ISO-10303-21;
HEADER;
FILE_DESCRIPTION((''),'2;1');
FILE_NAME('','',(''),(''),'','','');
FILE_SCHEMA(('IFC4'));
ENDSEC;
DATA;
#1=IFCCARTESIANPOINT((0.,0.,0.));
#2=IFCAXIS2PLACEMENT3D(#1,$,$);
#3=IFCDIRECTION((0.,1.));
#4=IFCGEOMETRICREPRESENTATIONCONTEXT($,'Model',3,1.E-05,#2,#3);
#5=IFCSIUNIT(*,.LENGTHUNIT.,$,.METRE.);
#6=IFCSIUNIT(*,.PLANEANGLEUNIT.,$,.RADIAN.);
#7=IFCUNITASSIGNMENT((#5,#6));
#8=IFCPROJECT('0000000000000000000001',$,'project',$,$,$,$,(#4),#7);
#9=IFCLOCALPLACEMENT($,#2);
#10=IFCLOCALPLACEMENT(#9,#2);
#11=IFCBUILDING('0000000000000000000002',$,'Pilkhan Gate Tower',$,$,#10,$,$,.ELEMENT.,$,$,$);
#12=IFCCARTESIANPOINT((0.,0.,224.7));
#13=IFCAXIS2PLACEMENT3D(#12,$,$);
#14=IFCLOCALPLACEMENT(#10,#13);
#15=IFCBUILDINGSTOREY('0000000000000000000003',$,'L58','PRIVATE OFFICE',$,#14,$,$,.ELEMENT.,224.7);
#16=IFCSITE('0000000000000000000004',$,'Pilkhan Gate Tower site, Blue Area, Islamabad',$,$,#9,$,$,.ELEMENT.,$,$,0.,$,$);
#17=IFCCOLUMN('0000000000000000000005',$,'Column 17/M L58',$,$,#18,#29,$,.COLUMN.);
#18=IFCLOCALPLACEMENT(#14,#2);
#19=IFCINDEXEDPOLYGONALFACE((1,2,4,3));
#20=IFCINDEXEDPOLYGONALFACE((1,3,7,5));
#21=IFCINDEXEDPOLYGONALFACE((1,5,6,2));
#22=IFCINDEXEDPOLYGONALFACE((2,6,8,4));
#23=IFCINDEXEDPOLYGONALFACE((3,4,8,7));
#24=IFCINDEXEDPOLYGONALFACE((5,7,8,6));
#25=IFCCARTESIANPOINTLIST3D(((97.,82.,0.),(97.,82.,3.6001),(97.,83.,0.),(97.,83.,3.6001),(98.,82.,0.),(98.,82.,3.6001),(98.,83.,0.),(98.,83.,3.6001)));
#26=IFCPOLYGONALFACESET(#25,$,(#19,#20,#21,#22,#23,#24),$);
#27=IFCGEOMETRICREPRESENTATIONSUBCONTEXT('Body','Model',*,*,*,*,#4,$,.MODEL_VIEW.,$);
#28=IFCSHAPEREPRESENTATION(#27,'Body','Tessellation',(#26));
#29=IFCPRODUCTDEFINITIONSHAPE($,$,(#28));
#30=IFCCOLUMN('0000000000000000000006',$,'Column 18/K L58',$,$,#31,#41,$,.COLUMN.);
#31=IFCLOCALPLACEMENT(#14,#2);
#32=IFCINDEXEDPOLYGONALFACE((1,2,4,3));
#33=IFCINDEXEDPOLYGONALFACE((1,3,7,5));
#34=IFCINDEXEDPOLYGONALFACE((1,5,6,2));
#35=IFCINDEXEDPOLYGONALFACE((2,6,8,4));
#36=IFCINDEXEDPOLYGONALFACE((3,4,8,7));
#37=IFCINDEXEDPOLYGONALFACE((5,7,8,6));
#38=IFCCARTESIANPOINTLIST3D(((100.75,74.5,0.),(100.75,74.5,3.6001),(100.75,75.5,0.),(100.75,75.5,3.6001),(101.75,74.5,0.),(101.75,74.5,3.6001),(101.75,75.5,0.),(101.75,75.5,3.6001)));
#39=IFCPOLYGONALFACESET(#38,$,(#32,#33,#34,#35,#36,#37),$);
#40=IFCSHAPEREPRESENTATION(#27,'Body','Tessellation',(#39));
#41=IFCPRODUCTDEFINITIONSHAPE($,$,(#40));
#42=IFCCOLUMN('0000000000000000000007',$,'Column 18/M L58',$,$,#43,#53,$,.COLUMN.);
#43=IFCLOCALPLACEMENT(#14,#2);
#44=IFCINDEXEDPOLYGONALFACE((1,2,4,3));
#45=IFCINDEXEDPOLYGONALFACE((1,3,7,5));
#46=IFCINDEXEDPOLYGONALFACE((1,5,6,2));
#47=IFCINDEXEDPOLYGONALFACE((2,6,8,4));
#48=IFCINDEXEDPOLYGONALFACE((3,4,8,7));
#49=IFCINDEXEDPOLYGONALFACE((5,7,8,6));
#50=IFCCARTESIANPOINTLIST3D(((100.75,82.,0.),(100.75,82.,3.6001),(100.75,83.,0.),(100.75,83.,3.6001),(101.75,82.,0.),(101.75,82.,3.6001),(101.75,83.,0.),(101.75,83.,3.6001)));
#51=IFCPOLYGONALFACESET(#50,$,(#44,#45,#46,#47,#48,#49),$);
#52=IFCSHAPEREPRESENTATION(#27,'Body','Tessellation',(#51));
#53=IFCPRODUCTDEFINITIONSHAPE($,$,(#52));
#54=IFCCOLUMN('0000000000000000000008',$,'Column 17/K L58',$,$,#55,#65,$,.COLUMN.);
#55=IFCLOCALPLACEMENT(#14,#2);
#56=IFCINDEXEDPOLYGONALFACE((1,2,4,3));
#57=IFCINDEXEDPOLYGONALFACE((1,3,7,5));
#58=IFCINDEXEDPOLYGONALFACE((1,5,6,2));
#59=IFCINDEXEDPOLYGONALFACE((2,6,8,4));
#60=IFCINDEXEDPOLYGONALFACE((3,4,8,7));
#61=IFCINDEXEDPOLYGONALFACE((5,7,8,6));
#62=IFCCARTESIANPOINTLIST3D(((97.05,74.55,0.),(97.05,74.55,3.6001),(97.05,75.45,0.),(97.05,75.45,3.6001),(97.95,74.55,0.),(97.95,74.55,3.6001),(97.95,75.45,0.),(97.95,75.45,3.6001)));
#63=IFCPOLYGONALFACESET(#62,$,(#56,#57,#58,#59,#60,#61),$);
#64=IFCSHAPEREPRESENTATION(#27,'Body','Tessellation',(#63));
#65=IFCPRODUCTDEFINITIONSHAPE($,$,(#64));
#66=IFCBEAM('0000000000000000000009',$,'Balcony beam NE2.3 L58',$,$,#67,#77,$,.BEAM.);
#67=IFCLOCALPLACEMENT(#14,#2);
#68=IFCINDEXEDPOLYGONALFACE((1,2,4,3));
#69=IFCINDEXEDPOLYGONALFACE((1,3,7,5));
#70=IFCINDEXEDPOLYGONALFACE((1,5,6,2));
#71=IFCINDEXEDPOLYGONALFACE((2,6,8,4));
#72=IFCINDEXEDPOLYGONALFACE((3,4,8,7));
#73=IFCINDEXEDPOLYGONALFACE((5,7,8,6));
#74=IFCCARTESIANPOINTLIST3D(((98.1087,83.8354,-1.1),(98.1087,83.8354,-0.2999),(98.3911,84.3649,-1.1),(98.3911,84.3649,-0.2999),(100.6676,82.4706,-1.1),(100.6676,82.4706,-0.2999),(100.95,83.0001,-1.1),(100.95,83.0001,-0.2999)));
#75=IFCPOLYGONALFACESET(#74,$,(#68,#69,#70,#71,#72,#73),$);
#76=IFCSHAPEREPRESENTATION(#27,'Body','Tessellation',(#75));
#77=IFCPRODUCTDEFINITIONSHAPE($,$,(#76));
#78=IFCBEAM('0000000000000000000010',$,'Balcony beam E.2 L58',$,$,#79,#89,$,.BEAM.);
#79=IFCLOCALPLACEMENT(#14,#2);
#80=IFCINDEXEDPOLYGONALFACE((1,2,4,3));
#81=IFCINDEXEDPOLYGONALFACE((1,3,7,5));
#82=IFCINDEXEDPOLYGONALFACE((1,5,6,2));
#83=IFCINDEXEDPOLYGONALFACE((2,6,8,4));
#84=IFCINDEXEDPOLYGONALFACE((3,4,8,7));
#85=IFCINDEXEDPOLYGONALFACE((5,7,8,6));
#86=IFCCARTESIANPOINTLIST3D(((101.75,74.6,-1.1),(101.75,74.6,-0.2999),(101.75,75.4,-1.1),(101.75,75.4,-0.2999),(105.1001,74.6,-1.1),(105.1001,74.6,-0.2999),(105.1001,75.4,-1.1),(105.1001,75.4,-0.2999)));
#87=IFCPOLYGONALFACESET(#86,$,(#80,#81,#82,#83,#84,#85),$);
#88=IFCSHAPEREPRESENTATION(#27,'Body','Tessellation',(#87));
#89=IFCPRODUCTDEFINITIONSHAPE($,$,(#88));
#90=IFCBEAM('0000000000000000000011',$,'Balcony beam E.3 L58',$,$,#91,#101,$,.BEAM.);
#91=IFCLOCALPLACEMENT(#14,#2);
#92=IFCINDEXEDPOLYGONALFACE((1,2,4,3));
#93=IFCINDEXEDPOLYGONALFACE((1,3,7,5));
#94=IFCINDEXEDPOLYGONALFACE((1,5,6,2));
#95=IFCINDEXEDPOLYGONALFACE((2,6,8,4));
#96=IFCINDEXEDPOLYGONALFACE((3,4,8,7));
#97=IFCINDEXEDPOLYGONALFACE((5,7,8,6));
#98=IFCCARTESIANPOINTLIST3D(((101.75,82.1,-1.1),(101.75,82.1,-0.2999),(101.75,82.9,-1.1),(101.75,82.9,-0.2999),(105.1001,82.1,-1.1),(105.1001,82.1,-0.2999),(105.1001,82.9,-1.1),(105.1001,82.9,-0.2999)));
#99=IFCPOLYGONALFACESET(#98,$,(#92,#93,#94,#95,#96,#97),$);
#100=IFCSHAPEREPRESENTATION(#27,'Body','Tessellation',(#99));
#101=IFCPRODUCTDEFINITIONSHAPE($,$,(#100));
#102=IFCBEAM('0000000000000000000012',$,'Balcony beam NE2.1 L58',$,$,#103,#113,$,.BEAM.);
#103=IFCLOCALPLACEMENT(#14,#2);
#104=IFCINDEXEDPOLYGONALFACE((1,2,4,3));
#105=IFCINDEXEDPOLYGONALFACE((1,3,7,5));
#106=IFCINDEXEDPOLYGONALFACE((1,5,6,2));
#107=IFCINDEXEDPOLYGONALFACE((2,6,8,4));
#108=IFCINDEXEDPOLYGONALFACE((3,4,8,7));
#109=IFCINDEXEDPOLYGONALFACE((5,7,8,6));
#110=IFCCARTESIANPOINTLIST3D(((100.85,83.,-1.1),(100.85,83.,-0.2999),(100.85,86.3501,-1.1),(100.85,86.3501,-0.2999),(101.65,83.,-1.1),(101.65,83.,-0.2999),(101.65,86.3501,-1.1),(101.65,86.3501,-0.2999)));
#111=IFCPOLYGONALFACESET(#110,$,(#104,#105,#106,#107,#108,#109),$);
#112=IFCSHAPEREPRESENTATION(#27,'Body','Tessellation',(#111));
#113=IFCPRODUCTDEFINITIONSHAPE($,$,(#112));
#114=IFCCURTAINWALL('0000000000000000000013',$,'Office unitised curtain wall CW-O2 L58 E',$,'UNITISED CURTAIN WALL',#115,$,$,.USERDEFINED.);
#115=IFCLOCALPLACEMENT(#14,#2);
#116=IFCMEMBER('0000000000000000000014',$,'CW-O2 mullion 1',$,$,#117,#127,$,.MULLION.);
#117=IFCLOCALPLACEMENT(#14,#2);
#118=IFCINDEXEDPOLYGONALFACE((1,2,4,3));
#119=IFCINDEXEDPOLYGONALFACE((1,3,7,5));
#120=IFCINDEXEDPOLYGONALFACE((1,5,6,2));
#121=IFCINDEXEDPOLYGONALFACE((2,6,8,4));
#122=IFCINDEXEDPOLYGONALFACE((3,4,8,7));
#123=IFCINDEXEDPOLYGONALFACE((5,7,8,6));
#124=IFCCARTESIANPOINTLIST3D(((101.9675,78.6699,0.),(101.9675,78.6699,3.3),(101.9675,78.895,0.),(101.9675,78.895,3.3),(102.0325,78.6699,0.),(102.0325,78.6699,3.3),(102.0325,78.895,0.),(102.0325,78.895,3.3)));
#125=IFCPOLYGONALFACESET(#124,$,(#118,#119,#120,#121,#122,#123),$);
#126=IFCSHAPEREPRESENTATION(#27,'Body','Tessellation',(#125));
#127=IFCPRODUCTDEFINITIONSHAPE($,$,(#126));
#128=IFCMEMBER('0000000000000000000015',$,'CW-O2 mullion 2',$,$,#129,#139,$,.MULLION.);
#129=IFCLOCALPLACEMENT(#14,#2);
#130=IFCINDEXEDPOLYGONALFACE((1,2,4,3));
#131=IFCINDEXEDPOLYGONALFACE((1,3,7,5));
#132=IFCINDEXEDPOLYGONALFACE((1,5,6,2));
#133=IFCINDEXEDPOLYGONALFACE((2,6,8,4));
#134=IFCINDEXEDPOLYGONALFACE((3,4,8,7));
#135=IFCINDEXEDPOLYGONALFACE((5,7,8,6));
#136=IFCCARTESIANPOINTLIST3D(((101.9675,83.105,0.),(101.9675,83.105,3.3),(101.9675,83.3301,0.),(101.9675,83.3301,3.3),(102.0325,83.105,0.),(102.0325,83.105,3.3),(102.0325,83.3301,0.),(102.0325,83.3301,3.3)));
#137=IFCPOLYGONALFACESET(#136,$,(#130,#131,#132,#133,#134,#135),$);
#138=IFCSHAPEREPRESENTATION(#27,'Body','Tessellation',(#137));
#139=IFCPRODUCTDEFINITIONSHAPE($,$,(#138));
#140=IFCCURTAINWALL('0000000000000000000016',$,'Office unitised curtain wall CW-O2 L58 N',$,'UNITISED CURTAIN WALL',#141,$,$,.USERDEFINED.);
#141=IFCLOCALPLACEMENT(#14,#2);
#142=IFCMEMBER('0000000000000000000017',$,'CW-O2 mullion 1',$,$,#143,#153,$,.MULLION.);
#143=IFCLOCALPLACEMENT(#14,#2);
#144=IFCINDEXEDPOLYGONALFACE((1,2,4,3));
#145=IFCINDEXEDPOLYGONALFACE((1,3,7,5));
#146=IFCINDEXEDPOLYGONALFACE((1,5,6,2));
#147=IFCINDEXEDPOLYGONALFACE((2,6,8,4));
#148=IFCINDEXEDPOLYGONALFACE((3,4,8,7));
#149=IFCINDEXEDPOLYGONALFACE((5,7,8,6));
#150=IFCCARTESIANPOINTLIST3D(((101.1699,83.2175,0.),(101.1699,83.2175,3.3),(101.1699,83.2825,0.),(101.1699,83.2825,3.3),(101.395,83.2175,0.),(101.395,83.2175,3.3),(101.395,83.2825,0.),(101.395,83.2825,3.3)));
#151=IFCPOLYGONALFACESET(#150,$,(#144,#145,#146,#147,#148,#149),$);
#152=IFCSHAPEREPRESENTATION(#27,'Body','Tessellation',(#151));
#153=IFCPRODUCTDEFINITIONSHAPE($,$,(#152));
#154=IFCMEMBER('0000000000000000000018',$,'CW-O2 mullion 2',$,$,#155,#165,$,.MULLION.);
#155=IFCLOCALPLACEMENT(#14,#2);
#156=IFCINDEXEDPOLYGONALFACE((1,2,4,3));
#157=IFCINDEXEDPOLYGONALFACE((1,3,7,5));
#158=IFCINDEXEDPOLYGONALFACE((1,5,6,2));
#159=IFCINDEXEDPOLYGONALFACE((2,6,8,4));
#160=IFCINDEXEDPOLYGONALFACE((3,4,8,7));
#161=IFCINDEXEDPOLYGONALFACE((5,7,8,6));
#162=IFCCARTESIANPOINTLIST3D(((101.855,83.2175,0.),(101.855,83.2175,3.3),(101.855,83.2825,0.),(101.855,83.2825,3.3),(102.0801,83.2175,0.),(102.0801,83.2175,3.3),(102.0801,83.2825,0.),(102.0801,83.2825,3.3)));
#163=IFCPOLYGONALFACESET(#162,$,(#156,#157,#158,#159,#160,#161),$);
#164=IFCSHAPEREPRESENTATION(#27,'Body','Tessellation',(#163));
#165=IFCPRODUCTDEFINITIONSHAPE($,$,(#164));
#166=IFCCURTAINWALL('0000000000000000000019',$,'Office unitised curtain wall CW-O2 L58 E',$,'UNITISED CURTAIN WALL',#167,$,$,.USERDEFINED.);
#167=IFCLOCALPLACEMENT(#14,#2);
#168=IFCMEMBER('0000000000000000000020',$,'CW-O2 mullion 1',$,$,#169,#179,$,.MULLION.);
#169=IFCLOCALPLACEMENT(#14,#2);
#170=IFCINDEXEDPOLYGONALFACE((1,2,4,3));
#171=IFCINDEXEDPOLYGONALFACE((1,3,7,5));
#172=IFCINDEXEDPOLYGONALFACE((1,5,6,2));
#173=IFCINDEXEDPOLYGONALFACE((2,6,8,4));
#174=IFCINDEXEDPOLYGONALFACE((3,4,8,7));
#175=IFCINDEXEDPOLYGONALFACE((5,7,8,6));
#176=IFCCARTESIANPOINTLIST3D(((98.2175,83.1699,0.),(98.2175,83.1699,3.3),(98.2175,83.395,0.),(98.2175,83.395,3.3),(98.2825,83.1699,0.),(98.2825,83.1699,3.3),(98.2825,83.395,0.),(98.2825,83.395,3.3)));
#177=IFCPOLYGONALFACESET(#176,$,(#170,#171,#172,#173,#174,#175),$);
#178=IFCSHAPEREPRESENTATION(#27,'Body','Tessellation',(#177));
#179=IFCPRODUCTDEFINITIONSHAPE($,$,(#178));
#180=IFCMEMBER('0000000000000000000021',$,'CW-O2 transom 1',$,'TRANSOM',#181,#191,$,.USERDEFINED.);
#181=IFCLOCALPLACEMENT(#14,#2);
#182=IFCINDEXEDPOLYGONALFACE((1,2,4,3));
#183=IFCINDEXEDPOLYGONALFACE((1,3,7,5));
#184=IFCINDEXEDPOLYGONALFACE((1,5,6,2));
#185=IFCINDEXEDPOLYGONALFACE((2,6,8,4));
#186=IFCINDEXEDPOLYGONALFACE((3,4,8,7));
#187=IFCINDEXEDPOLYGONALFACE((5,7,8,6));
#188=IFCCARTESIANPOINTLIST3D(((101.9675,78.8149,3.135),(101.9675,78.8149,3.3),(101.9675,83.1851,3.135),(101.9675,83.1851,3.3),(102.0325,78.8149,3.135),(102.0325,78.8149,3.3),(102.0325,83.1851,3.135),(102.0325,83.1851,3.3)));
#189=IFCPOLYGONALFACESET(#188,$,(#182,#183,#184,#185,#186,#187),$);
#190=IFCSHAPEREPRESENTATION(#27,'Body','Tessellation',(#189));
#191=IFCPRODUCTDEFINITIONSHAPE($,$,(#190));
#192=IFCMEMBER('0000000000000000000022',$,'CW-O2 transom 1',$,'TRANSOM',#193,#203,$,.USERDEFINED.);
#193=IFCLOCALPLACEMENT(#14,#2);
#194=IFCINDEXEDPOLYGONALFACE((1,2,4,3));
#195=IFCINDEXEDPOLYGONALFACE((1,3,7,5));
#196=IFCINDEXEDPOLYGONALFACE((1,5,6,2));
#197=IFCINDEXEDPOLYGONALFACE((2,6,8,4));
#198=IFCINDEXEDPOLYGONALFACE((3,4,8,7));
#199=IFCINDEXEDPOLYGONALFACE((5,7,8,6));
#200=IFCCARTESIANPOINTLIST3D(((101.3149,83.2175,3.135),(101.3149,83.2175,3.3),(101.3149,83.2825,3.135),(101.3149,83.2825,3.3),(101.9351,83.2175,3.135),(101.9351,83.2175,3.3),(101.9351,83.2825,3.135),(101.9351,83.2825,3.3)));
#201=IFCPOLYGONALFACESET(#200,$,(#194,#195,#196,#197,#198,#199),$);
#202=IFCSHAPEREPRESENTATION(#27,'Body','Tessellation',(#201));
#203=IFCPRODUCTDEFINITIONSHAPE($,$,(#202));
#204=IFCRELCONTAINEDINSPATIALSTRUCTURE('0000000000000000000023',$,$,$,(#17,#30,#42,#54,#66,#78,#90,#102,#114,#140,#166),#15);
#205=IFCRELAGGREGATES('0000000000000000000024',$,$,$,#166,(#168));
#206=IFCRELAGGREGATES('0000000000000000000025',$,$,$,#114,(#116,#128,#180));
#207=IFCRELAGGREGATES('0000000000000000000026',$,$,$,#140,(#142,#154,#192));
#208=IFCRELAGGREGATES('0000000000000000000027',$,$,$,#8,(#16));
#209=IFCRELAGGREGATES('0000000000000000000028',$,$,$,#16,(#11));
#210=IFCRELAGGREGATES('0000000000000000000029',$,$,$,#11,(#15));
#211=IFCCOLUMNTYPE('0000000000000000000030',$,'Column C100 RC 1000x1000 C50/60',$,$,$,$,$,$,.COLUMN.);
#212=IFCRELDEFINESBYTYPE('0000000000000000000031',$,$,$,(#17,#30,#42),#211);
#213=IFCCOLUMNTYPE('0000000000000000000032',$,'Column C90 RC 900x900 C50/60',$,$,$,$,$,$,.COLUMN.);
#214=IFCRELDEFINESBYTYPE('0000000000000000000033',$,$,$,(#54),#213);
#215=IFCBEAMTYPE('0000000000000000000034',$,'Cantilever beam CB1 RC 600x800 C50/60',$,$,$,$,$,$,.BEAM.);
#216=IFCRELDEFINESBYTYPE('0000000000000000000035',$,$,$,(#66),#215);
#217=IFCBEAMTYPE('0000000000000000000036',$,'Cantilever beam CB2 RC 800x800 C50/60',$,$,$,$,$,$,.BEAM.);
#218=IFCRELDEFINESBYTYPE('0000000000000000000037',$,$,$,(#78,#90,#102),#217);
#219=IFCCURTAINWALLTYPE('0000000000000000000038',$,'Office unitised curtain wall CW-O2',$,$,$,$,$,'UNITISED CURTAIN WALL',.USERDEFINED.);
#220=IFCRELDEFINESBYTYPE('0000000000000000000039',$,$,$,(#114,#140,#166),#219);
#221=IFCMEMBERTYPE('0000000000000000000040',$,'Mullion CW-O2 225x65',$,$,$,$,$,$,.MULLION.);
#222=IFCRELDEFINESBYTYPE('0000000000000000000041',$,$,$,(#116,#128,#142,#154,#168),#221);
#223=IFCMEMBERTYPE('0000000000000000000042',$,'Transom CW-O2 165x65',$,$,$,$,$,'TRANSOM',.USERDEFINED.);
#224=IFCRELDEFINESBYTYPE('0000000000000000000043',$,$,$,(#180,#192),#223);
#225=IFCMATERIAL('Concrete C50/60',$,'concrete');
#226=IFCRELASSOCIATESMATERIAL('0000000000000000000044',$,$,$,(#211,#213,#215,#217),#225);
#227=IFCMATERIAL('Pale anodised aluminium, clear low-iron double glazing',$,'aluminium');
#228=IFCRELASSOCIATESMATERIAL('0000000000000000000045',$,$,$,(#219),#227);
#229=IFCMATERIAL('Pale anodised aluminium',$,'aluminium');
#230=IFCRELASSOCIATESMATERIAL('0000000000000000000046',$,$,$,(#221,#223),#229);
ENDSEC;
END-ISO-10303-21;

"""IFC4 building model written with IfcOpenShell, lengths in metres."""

from ifc_helpers import new_model, si_unit, direction, frame, origin, origin_2d, place, context, subcontext, project, spatial, rectangle, extrude, material, material_profile, profile_set, type_object, element, aggregate, save


model = new_model("IFC4")

# Units and contexts
model_context = context("Model", 3, precision=1e-05, world=origin(), true_north=direction((0.0, 1.0)))
body_context = subcontext(model_context, "Body", "Model", "MODEL_VIEW")
ifc_project = project(units=[si_unit("LENGTHUNIT", "METRE"), si_unit("PLANEANGLEUNIT", "RADIAN")], contexts=[model_context])

# Site, building, storey
site_placement = place(None, origin())
site = spatial("IfcSite", under=ifc_project, at=site_placement, Name="Pilkhan Gate Tower site, Blue Area, Islamabad", CompositionType="ELEMENT", RefElevation=0.0)
building_placement = place(site_placement, origin())
building = spatial("IfcBuilding", under=site, at=building_placement, Name="Pilkhan Gate Tower", CompositionType="ELEMENT")
storey_placement = place(building_placement, frame((0.0, 0.0, 224.7)))
storey = spatial("IfcBuildingStorey", under=building, at=storey_placement, Name="L58", Description="PRIVATE OFFICE", CompositionType="ELEMENT", Elevation=224.7)

# Columns
ifc_material_1 = material(Name="Concrete C50/60", Category="concrete")
ifc_material_profile_1 = material_profile(ifc_material_1, rectangle(XDim=1.0, YDim=1.0, at=origin_2d()), Name="RC 1000x1000")
ifc_profile_set_1 = profile_set([ifc_material_profile_1], Name="Concrete C50/60")
column_type_1 = type_object("IfcColumnType", Name="Column C100 RC 1000x1000 C50/60", PredefinedType="COLUMN", material=ifc_profile_set_1)
for number, where, z_axis, x_axis, name in (
    (1, (97.5, 82.5, 0.0), (0.0, 0.0, 1.0), (1.0, 0.0, 0.0), "Column 17/M L58"),
    (2, (101.25, 75.0, 0.0), (0.0, 0.0, 1.0), (1.0, 0.0, 0.0), "Column 18/K L58"),
    (3, (101.25, 82.5, 0.0), (0.0, 0.0, 1.0), (1.0, 0.0, 0.0), "Column 18/M L58"),
):
    element("IfcColumn", number, at=place(storey_placement, frame(where, z_axis=z_axis, x_axis=x_axis)), inside=storey, type_object=column_type_1, Name=name, PredefinedType="COLUMN", context=body_context, shape_type="SweptSolid", body=[
        extrude(rectangle(XDim=1.0, YDim=1.0, at=origin_2d()), origin(), (0.0, 0.0, 1.0), 3.6001),
    ])
ifc_material_profile_2 = material_profile(ifc_material_1, rectangle(XDim=0.8999, YDim=0.8999, at=origin_2d()), Name="RC 900x900")
ifc_profile_set_2 = profile_set([ifc_material_profile_2], Name="Concrete C50/60")
column_type_2 = type_object("IfcColumnType", Name="Column C90 RC 900x900 C50/60", PredefinedType="COLUMN", material=ifc_profile_set_2)
column_placement = place(storey_placement, frame((97.5, 75.0, 0.0), z_axis=(0.0, 0.0, 1.0), x_axis=(1.0, 0.0, 0.0)))
element("IfcColumn", 4, at=column_placement, inside=storey, type_object=column_type_2, Name="Column 17/K L58", PredefinedType="COLUMN", context=body_context, shape_type="SweptSolid", body=[
    extrude(rectangle(XDim=0.8999, YDim=0.8999, at=origin_2d()), origin(), (0.0, 0.0, 1.0), 3.6001),
])

# Beams
ifc_material_profile_3 = material_profile(ifc_material_1, rectangle(XDim=0.6001, YDim=0.8, at=origin_2d()), Name="RC 600x800")
ifc_profile_set_3 = profile_set([ifc_material_profile_3], Name="Concrete C50/60")
beam_type_1 = type_object("IfcBeamType", Name="Cantilever beam CB1 RC 600x800 C50/60", PredefinedType="BEAM", material=ifc_profile_set_3)
beam_placement = place(storey_placement, frame((100.8088, 82.7354, -0.7), z_axis=(-0.882348, 0.470597, 0.0), x_axis=(-0.470597, -0.882348, 0.0)))
element("IfcBeam", 5, at=beam_placement, inside=storey, type_object=beam_type_1, Name="Balcony beam NE2.3 L58", PredefinedType="BEAM", context=body_context, shape_type="SweptSolid", body=[
    extrude(rectangle(XDim=0.6001, YDim=0.8, at=origin_2d()), origin(), (0.0, 0.0, 1.0), 2.9001),
])
ifc_material_profile_4 = material_profile(ifc_material_1, rectangle(XDim=0.8, YDim=0.8, at=origin_2d()), Name="RC 800x800")
ifc_profile_set_4 = profile_set([ifc_material_profile_4], Name="Concrete C50/60")
beam_type_2 = type_object("IfcBeamType", Name="Cantilever beam CB2 RC 800x800 C50/60", PredefinedType="BEAM", material=ifc_profile_set_4)
for number, where, z_axis, x_axis, name in (
    (6, (101.75, 75.0, -0.7), (1.0, 0.0, 0.0), (0.0, 1.0, 0.0), "Balcony beam E.2 L58"),
    (7, (101.75, 82.5, -0.7), (1.0, 0.0, 0.0), (0.0, 1.0, 0.0), "Balcony beam E.3 L58"),
    (8, (101.25, 83.0, -0.7), (0.0, 1.0, 0.0), (-1.0, 0.0, 0.0), "Balcony beam NE2.1 L58"),
):
    element("IfcBeam", number, at=place(storey_placement, frame(where, z_axis=z_axis, x_axis=x_axis)), inside=storey, type_object=beam_type_2, Name=name, PredefinedType="BEAM", context=body_context, shape_type="SweptSolid", body=[
        extrude(rectangle(XDim=0.8, YDim=0.8, at=origin_2d()), origin(), (0.0, 0.0, 1.0), 3.3501),
    ])

# Curtain walls, members
ifc_material_2 = material(Name="Pale anodised aluminium, clear low-iron double glazing", Category="aluminium")
curtain_wall_type = type_object("IfcCurtainWallType", Name="Office unitised curtain wall CW-O2", ElementType="UNITISED CURTAIN WALL", PredefinedType="USERDEFINED", material=ifc_material_2)
curtain_wall_1_placement = place(storey_placement, origin())
curtain_wall_1 = element("IfcCurtainWall", 9, at=curtain_wall_1_placement, inside=storey, type_object=curtain_wall_type, Name="Office unitised curtain wall CW-O2 L58 E", ObjectType="UNITISED CURTAIN WALL", PredefinedType="USERDEFINED")
ifc_material_3 = material(Name="Pale anodised aluminium", Category="aluminium")
ifc_material_profile_5 = material_profile(ifc_material_3, rectangle(XDim=0.0649, YDim=0.2251, at=origin_2d()), Name="Mullion 225x65")
ifc_profile_set_5 = profile_set([ifc_material_profile_5], Name="Pale anodised aluminium")
member_type_1 = type_object("IfcMemberType", Name="Mullion CW-O2 225x65", PredefinedType="MULLION", material=ifc_profile_set_5)
member_1_placement = place(storey_placement, frame((102.0, 78.7825, 0.0), z_axis=(0.0, 0.0, 1.0), x_axis=(-1.0, 0.0, 0.0)))
member_1 = element("IfcMember", 10, at=member_1_placement, type_object=member_type_1, Name="CW-O2 mullion 1", PredefinedType="MULLION", context=body_context, shape_type="SweptSolid", body=[
    extrude(rectangle(XDim=0.0649, YDim=0.2251, at=origin_2d()), origin(), (0.0, 0.0, 1.0), 3.3),
])
member_2_placement = place(storey_placement, frame((102.0, 83.2175, 0.0), z_axis=(0.0, 0.0, 1.0), x_axis=(-1.0, 0.0, 0.0)))
member_2 = element("IfcMember", 11, at=member_2_placement, type_object=member_type_1, Name="CW-O2 mullion 2", PredefinedType="MULLION", context=body_context, shape_type="SweptSolid", body=[
    extrude(rectangle(XDim=0.0649, YDim=0.2251, at=origin_2d()), origin(), (0.0, 0.0, 1.0), 3.3),
])
curtain_wall_2_placement = place(storey_placement, origin())
curtain_wall_2 = element("IfcCurtainWall", 12, at=curtain_wall_2_placement, inside=storey, type_object=curtain_wall_type, Name="Office unitised curtain wall CW-O2 L58 N", ObjectType="UNITISED CURTAIN WALL", PredefinedType="USERDEFINED")
member_3_placement = place(storey_placement, frame((101.2825, 83.25, 0.0), z_axis=(0.0, 0.0, 1.0), x_axis=(0.0, 1.0, 0.0)))
member_3 = element("IfcMember", 13, at=member_3_placement, type_object=member_type_1, Name="CW-O2 mullion 1", PredefinedType="MULLION", context=body_context, shape_type="SweptSolid", body=[
    extrude(rectangle(XDim=0.0649, YDim=0.2251, at=origin_2d()), origin(), (0.0, 0.0, 1.0), 3.3),
])
member_4_placement = place(storey_placement, frame((101.9675, 83.25, 0.0), z_axis=(0.0, 0.0, 1.0), x_axis=(0.0, 1.0, 0.0)))
member_4 = element("IfcMember", 14, at=member_4_placement, type_object=member_type_1, Name="CW-O2 mullion 2", PredefinedType="MULLION", context=body_context, shape_type="SweptSolid", body=[
    extrude(rectangle(XDim=0.0649, YDim=0.2251, at=origin_2d()), origin(), (0.0, 0.0, 1.0), 3.3),
])

# Curtain wall, member
curtain_wall_3_placement = place(storey_placement, origin())
curtain_wall_3 = element("IfcCurtainWall", 15, at=curtain_wall_3_placement, inside=storey, type_object=curtain_wall_type, Name="Office unitised curtain wall CW-O2 L58 E", ObjectType="UNITISED CURTAIN WALL", PredefinedType="USERDEFINED")
member_5_placement = place(storey_placement, frame((98.25, 83.2825, 0.0), z_axis=(0.0, 0.0, 1.0), x_axis=(-1.0, 0.0, 0.0)))
member_5 = element("IfcMember", 16, at=member_5_placement, type_object=member_type_1, Name="CW-O2 mullion 1", PredefinedType="MULLION", context=body_context, shape_type="SweptSolid", body=[
    extrude(rectangle(XDim=0.0649, YDim=0.2251, at=origin_2d()), origin(), (0.0, 0.0, 1.0), 3.3),
])

# Members
ifc_material_profile_6 = material_profile(ifc_material_3, rectangle(XDim=0.0649, YDim=0.165, at=origin_2d()), Name="Transom 165x65")
ifc_profile_set_6 = profile_set([ifc_material_profile_6], Name="Pale anodised aluminium")
member_type_2 = type_object("IfcMemberType", Name="Transom CW-O2 165x65", ElementType="TRANSOM", PredefinedType="USERDEFINED", material=ifc_profile_set_6)
member_6_placement = place(storey_placement, frame((102.0, 78.8149, 3.2175), z_axis=(0.0, 1.0, 0.0), x_axis=(-1.0, 0.0, 0.0)))
member_6 = element("IfcMember", 17, at=member_6_placement, type_object=member_type_2, Name="CW-O2 transom 1", ObjectType="TRANSOM", PredefinedType="USERDEFINED", context=body_context, shape_type="SweptSolid", body=[
    extrude(rectangle(XDim=0.0649, YDim=0.165, at=origin_2d()), origin(), (0.0, 0.0, 1.0), 4.3701),
])
member_7_placement = place(storey_placement, frame((101.3149, 83.25, 3.2175), z_axis=(1.0, 0.0, 0.0), x_axis=(0.0, 1.0, 0.0)))
member_7 = element("IfcMember", 18, at=member_7_placement, type_object=member_type_2, Name="CW-O2 transom 1", ObjectType="TRANSOM", PredefinedType="USERDEFINED", context=body_context, shape_type="SweptSolid", body=[
    extrude(rectangle(XDim=0.0649, YDim=0.165, at=origin_2d()), origin(), (0.0, 0.0, 1.0), 0.6201),
])
aggregate(curtain_wall_3, [member_5])

aggregate(curtain_wall_1, [member_1, member_2, member_6])
aggregate(curtain_wall_2, [member_3, member_4, member_7])

save(model, "model.ifc")
